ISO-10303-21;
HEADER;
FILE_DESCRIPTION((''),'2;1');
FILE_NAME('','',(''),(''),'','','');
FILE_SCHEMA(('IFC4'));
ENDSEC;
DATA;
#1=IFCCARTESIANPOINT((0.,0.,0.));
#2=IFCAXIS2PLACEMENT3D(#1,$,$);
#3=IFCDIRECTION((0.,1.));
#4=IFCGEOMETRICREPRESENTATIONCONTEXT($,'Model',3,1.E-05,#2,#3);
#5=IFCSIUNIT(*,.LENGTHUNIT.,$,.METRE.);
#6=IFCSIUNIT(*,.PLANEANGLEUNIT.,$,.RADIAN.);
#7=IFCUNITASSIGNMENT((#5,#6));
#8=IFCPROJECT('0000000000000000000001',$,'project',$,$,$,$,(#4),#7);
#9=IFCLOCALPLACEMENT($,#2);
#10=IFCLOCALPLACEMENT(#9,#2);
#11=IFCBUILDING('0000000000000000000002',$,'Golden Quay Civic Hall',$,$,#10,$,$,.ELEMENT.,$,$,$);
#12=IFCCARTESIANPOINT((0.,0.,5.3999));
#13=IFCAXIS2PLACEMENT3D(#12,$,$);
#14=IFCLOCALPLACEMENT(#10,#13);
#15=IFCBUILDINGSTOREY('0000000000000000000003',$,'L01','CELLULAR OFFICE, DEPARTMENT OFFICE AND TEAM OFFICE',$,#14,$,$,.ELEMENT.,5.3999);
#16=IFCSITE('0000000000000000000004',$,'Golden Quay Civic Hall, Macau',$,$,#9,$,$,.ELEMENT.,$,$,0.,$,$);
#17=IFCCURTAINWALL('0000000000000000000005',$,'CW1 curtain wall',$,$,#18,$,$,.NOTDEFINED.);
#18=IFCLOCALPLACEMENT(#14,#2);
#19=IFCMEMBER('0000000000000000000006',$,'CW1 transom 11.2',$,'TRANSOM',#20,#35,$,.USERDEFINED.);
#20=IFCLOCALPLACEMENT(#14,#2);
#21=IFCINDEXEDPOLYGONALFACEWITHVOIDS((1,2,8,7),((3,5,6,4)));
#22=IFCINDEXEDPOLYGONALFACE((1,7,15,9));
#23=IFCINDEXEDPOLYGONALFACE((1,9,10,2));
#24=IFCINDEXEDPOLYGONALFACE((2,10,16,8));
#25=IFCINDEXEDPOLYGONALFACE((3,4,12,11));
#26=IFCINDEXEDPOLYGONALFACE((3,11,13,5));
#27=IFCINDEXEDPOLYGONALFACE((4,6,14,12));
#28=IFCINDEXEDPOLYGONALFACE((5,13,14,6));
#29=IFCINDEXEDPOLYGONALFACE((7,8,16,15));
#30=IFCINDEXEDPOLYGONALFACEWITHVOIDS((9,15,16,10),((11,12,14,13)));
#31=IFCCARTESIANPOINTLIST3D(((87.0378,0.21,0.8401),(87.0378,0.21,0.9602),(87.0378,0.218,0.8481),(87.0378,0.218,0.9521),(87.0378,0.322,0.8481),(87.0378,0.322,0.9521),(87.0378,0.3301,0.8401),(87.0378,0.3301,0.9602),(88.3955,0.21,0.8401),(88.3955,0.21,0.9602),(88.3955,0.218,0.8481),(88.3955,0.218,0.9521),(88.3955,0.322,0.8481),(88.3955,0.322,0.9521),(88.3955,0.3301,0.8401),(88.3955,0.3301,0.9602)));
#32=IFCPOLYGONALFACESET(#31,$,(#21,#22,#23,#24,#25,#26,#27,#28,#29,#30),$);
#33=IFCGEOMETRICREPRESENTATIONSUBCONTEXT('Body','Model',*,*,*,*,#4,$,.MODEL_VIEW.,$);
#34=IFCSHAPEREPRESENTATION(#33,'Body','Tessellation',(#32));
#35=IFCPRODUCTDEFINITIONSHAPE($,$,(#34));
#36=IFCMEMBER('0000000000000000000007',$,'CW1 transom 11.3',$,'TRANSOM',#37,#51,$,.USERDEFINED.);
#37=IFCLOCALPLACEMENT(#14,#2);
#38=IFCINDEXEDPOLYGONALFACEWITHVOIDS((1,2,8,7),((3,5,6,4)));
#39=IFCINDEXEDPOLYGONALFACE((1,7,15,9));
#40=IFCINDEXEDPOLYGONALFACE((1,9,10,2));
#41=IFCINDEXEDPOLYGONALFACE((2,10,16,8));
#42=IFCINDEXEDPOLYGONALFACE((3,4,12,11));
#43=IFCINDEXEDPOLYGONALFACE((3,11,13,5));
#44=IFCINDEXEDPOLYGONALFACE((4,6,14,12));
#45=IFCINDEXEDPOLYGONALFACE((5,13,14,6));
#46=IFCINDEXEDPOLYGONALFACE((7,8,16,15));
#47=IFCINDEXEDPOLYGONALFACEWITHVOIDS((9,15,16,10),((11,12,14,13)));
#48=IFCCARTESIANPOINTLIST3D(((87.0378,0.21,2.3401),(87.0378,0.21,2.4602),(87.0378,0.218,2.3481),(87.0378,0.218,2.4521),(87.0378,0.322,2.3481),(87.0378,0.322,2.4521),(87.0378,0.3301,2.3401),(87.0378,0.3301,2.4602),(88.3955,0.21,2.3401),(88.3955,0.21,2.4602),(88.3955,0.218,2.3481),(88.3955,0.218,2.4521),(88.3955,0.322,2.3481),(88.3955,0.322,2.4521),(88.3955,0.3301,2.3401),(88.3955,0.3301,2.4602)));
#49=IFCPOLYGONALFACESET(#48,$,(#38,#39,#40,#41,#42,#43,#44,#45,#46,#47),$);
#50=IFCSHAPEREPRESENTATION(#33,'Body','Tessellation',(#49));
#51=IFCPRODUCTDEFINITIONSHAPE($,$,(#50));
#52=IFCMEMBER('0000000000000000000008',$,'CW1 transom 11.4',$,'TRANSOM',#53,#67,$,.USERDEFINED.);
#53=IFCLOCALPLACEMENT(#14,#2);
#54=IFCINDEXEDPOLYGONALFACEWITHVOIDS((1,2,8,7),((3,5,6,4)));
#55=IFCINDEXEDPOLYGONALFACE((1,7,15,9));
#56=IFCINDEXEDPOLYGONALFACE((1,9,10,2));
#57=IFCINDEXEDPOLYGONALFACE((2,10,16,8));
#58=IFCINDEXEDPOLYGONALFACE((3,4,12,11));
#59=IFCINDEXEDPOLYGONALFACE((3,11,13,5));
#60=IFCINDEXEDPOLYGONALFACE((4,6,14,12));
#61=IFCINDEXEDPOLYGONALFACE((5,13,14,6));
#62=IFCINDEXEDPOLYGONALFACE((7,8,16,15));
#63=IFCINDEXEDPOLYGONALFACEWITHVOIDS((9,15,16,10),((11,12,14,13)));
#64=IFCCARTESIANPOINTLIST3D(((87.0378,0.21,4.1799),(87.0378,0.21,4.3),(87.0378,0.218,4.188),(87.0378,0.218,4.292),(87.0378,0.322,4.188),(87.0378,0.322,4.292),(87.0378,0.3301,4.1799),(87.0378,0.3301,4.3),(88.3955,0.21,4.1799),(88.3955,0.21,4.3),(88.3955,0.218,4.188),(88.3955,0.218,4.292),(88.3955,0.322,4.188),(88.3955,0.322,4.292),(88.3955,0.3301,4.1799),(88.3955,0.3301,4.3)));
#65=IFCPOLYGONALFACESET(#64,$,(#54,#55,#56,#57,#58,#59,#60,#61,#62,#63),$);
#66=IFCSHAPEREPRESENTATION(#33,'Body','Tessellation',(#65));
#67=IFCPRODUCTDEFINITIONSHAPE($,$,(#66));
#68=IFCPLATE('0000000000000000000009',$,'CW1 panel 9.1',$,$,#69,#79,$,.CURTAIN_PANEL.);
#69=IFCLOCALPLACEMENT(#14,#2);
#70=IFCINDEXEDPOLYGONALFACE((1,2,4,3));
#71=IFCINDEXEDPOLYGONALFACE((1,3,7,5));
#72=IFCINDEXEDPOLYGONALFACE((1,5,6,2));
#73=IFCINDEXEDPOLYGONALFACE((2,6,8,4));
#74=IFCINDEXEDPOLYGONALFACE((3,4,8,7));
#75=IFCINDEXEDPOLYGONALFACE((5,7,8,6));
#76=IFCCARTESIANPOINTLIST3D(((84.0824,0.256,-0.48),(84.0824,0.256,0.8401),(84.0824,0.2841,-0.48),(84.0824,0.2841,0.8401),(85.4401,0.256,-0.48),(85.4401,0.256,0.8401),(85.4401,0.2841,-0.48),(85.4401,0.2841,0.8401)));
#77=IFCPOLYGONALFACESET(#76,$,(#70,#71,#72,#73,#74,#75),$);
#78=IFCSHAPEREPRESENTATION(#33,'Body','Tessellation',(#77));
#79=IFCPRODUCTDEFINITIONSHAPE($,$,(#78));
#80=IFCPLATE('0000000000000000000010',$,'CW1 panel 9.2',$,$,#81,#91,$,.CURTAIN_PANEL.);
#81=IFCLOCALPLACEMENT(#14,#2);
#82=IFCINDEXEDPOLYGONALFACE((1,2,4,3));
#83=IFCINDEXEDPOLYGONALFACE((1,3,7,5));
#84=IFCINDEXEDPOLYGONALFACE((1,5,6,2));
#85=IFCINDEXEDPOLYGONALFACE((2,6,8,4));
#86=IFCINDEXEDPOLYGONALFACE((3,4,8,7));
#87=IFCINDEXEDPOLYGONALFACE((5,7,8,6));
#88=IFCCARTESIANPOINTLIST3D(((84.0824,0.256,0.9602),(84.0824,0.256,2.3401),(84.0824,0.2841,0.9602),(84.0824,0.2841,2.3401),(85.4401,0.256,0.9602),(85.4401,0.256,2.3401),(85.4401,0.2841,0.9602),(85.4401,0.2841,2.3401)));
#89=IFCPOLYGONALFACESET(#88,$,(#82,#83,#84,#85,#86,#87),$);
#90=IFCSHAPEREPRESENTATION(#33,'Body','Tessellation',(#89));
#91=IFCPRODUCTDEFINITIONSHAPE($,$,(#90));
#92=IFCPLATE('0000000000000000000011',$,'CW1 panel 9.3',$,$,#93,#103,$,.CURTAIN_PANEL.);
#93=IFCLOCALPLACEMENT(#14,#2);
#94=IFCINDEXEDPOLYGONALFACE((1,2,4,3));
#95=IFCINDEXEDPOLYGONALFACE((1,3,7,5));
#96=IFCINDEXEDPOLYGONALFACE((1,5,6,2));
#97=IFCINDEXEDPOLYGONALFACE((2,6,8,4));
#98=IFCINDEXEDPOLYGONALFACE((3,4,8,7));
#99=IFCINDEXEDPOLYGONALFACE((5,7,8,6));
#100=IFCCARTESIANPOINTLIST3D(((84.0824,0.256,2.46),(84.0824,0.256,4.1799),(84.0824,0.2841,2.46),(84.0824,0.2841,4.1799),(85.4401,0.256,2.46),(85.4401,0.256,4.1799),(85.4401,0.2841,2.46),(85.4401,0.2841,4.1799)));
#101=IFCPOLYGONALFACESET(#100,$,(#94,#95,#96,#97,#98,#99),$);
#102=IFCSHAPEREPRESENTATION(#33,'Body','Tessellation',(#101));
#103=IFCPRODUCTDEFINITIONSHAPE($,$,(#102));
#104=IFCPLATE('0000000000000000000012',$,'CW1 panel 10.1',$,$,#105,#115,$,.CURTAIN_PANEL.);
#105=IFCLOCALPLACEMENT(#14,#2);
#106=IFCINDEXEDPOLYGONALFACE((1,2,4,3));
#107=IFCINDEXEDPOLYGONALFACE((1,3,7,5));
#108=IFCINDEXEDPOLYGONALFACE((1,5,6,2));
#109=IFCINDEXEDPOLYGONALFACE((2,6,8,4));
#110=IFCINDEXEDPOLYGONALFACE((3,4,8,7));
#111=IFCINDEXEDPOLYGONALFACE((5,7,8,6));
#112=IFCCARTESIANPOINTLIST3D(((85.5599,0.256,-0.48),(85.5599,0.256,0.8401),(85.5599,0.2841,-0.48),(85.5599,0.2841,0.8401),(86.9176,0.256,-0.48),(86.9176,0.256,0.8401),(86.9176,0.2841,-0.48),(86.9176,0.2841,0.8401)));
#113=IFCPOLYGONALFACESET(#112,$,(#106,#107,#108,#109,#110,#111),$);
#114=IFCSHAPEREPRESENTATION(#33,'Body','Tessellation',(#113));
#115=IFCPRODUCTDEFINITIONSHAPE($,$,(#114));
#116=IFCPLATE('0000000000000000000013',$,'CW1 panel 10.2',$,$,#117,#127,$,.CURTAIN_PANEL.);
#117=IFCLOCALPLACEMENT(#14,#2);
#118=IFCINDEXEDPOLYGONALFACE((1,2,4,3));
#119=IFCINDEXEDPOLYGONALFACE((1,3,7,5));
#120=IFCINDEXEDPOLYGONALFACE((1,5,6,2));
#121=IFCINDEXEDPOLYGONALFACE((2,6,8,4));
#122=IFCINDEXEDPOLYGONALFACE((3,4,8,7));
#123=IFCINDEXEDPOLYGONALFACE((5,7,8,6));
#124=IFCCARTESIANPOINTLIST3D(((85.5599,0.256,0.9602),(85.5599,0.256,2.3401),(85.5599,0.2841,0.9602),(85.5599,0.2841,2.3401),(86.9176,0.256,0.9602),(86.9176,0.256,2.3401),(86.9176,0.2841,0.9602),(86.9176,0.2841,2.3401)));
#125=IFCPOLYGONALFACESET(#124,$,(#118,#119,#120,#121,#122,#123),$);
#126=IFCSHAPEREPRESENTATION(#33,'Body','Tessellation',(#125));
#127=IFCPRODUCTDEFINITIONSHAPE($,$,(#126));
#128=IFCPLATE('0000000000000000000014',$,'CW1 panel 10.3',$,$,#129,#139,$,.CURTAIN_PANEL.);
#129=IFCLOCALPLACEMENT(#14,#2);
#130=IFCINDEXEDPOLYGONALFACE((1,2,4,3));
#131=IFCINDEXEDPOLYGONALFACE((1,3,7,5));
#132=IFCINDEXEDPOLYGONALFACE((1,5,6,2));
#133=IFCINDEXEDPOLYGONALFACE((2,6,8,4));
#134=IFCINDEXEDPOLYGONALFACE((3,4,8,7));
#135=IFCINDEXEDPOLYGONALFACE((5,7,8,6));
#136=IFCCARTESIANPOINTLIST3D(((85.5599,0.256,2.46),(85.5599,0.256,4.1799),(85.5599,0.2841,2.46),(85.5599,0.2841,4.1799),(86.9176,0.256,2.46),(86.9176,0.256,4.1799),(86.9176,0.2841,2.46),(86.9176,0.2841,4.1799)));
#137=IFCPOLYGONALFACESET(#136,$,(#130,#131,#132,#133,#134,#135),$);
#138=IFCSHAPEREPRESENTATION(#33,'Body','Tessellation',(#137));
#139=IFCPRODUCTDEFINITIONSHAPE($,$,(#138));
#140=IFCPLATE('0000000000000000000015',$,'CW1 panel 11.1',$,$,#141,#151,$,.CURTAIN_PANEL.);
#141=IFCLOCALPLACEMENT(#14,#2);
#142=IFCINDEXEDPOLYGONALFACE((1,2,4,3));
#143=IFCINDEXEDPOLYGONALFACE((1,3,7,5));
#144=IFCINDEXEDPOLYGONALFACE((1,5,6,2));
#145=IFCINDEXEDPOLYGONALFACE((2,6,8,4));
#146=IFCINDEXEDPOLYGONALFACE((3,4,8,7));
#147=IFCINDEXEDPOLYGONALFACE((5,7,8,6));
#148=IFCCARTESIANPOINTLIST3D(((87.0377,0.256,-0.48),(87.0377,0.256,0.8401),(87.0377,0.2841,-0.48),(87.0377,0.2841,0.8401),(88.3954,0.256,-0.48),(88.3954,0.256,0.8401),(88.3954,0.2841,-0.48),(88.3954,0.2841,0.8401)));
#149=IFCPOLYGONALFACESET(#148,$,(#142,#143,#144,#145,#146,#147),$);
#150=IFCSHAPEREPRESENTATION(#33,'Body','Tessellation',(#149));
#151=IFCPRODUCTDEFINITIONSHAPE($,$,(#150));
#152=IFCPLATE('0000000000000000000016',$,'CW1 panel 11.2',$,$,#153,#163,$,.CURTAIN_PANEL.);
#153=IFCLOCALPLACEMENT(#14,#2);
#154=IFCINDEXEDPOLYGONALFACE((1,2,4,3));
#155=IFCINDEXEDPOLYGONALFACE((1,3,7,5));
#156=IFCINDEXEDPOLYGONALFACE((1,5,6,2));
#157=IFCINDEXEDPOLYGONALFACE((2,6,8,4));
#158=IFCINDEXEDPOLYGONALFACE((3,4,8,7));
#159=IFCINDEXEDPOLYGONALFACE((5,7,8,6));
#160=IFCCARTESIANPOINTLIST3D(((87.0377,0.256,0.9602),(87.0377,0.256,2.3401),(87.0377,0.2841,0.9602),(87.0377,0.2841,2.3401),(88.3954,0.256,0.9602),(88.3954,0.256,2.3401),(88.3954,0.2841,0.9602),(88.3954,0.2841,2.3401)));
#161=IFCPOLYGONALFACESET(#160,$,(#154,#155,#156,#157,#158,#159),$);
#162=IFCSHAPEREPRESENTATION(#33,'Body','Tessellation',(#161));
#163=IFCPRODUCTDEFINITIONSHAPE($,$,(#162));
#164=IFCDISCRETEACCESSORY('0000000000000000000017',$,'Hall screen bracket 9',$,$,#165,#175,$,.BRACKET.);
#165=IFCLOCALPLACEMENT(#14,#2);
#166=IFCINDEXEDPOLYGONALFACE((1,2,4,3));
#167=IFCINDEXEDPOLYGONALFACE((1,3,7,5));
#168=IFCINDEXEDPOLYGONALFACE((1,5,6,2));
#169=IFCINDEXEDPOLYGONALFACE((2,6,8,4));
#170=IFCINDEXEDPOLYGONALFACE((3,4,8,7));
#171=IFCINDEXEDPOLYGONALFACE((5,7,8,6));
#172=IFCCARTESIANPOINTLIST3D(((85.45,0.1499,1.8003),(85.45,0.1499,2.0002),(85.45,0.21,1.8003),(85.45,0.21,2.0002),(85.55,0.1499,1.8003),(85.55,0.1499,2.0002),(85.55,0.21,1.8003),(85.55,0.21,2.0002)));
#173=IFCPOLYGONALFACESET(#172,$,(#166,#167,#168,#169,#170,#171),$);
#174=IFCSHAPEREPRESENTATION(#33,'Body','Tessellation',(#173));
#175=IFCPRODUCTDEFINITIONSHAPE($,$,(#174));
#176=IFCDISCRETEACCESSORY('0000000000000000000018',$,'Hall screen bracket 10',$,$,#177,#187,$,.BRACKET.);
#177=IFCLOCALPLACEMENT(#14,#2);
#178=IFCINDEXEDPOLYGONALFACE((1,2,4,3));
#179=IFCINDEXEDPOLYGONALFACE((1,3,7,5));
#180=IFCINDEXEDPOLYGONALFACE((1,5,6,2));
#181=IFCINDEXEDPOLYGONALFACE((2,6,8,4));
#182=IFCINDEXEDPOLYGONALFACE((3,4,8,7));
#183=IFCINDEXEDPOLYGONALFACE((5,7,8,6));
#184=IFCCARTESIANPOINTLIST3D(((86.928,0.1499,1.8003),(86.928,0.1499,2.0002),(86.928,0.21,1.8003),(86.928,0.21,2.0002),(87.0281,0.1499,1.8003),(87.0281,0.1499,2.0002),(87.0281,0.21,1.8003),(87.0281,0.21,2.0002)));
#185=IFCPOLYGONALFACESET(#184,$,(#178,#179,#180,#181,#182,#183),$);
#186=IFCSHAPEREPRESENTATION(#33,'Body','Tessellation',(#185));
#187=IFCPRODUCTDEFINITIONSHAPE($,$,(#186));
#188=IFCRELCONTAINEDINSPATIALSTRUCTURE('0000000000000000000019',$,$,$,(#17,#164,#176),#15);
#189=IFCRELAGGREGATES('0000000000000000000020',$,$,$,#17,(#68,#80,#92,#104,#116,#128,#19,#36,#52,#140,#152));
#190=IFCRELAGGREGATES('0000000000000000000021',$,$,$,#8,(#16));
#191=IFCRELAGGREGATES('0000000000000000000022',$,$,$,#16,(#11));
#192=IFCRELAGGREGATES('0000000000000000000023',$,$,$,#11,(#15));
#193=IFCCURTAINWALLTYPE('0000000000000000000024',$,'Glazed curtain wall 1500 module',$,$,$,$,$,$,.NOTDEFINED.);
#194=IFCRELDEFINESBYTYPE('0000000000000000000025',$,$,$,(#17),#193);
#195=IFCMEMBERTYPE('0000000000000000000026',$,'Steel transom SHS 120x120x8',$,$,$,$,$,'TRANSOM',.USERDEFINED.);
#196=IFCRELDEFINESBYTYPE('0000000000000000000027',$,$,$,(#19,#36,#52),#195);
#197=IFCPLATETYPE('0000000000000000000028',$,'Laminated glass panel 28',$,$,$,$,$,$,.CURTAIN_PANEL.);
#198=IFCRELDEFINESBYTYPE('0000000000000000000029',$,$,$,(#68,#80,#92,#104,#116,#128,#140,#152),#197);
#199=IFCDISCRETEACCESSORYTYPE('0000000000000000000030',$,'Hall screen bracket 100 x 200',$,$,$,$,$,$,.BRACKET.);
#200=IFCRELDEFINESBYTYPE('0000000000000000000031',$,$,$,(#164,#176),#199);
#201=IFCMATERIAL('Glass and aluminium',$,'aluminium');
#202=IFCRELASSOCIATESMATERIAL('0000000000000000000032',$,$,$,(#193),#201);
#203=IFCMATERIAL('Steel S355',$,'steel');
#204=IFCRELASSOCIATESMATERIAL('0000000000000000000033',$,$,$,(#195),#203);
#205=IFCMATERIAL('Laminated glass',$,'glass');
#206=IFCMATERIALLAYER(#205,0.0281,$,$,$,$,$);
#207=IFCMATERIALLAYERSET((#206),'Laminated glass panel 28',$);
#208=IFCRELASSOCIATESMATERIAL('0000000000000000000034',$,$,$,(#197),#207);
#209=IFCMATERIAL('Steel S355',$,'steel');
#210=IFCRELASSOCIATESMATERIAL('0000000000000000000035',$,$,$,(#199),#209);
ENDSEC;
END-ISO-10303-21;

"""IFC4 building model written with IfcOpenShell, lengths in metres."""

from ifc_helpers import new_model, si_unit, direction, frame, origin, origin_2d, place, context, subcontext, project, spatial, rectangle, hollow_rectangle, extrude, material, layer, layer_set, material_profile, profile_set, type_object, element, aggregate, save


model = new_model("IFC4")

# Units and contexts
model_context = context("Model", 3, precision=1e-05, world=origin(), true_north=direction((0.0, 1.0)))
body_context = subcontext(model_context, "Body", "Model", "MODEL_VIEW")
ifc_project = project(units=[si_unit("LENGTHUNIT", "METRE"), si_unit("PLANEANGLEUNIT", "RADIAN")], contexts=[model_context])

# Site, building, storey
site_placement = place(None, origin())
site = spatial("IfcSite", under=ifc_project, at=site_placement, Name="Golden Quay Civic Hall, Macau", CompositionType="ELEMENT", RefElevation=0.0)
building_placement = place(site_placement, origin())
building = spatial("IfcBuilding", under=site, at=building_placement, Name="Golden Quay Civic Hall", CompositionType="ELEMENT")
storey_placement = place(building_placement, frame((0.0, 0.0, 5.3999)))
storey = spatial("IfcBuildingStorey", under=building, at=storey_placement, Name="L01", Description="CELLULAR OFFICE, DEPARTMENT OFFICE AND TEAM OFFICE", CompositionType="ELEMENT", Elevation=5.3999)

# Curtain wall, members, plates
ifc_material_1 = material(Name="Glass and aluminium", Category="aluminium")
curtain_wall_type = type_object("IfcCurtainWallType", Name="Glazed curtain wall 1500 module", PredefinedType="NOTDEFINED", material=ifc_material_1)
curtain_wall_placement = place(storey_placement, origin())
curtain_wall = element("IfcCurtainWall", 1, at=curtain_wall_placement, inside=storey, type_object=curtain_wall_type, Name="CW1 curtain wall", PredefinedType="NOTDEFINED")
ifc_material_2 = material(Name="Steel S355", Category="steel")
ifc_material_profile_1 = material_profile(ifc_material_2, hollow_rectangle(XDim=0.1201, YDim=0.1201, WallThickness=0.0081, at=origin_2d()), Name="SHS 120x120x8")
ifc_profile_set_1 = profile_set([ifc_material_profile_1], Name="Steel S355")
member_type_1 = type_object("IfcMemberType", Name="Steel transom SHS 120x120x8", ElementType="TRANSOM", PredefinedType="USERDEFINED", material=ifc_profile_set_1)
member_1_placement = place(storey_placement, frame((87.0378, 0.27, 0.9001), z_axis=(1.0, 0.0, 0.0), x_axis=(0.0, 1.0, 0.0)))
member_1 = element("IfcMember", 2, at=member_1_placement, type_object=member_type_1, Name="CW1 transom 11.2", ObjectType="TRANSOM", PredefinedType="USERDEFINED", context=body_context, shape_type="SweptSolid", body=[
    extrude(hollow_rectangle(XDim=0.1201, YDim=0.1201, WallThickness=0.0081, at=origin_2d()), origin(), (0.0, 0.0, 1.0), 1.3577),
])
member_2_placement = place(storey_placement, frame((87.0378, 0.27, 2.4001), z_axis=(1.0, 0.0, 0.0), x_axis=(0.0, 1.0, 0.0)))
member_2 = element("IfcMember", 3, at=member_2_placement, type_object=member_type_1, Name="CW1 transom 11.3", ObjectType="TRANSOM", PredefinedType="USERDEFINED", context=body_context, shape_type="SweptSolid", body=[
    extrude(hollow_rectangle(XDim=0.1201, YDim=0.1201, WallThickness=0.0081, at=origin_2d()), origin(), (0.0, 0.0, 1.0), 1.3577),
])
member_3_placement = place(storey_placement, frame((87.0378, 0.27, 4.24), z_axis=(1.0, 0.0, 0.0), x_axis=(0.0, 1.0, 0.0)))
member_3 = element("IfcMember", 4, at=member_3_placement, type_object=member_type_1, Name="CW1 transom 11.4", ObjectType="TRANSOM", PredefinedType="USERDEFINED", context=body_context, shape_type="SweptSolid", body=[
    extrude(hollow_rectangle(XDim=0.1201, YDim=0.1201, WallThickness=0.0081, at=origin_2d()), origin(), (0.0, 0.0, 1.0), 1.3577),
])
ifc_material_3 = material(Name="Laminated glass", Category="glass")
ifc_layer = layer(ifc_material_3, 0.0281)
ifc_layer_set = layer_set([ifc_layer], Name="Laminated glass panel 28")
plate_type = type_object("IfcPlateType", Name="Laminated glass panel 28", PredefinedType="CURTAIN_PANEL", material=ifc_layer_set)
plate_1_placement = place(storey_placement, frame((84.7612, 0.27, -0.48), z_axis=(0.0, 0.0, 1.0), x_axis=(1.0, 0.0, 0.0)))
plate_1 = element("IfcPlate", 5, at=plate_1_placement, type_object=plate_type, Name="CW1 panel 9.1", PredefinedType="CURTAIN_PANEL", context=body_context, shape_type="SweptSolid", body=[
    extrude(rectangle(XDim=1.3577, YDim=0.0281, at=origin_2d()), origin(), (0.0, 0.0, 1.0), 1.3201),
])
plate_2_placement = place(storey_placement, frame((84.7612, 0.27, 0.9602), z_axis=(0.0, 0.0, 1.0), x_axis=(1.0, 0.0, 0.0)))
plate_2 = element("IfcPlate", 6, at=plate_2_placement, type_object=plate_type, Name="CW1 panel 9.2", PredefinedType="CURTAIN_PANEL", context=body_context, shape_type="SweptSolid", body=[
    extrude(rectangle(XDim=1.3577, YDim=0.0281, at=origin_2d()), origin(), (0.0, 0.0, 1.0), 1.3799),
])
plate_3_placement = place(storey_placement, frame((84.7612, 0.27, 2.46), z_axis=(0.0, 0.0, 1.0), x_axis=(1.0, 0.0, 0.0)))
plate_3 = element("IfcPlate", 7, at=plate_3_placement, type_object=plate_type, Name="CW1 panel 9.3", PredefinedType="CURTAIN_PANEL", context=body_context, shape_type="SweptSolid", body=[
    extrude(rectangle(XDim=1.3577, YDim=0.0281, at=origin_2d()), origin(), (0.0, 0.0, 1.0), 1.72),
])
plate_4_placement = place(storey_placement, frame((86.2388, 0.27, -0.48), z_axis=(0.0, 0.0, 1.0), x_axis=(1.0, 0.0, 0.0)))
plate_4 = element("IfcPlate", 8, at=plate_4_placement, type_object=plate_type, Name="CW1 panel 10.1", PredefinedType="CURTAIN_PANEL", context=body_context, shape_type="SweptSolid", body=[
    extrude(rectangle(XDim=1.3577, YDim=0.0281, at=origin_2d()), origin(), (0.0, 0.0, 1.0), 1.3201),
])
plate_5_placement = place(storey_placement, frame((86.2388, 0.27, 0.9602), z_axis=(0.0, 0.0, 1.0), x_axis=(1.0, 0.0, 0.0)))
plate_5 = element("IfcPlate", 9, at=plate_5_placement, type_object=plate_type, Name="CW1 panel 10.2", PredefinedType="CURTAIN_PANEL", context=body_context, shape_type="SweptSolid", body=[
    extrude(rectangle(XDim=1.3577, YDim=0.0281, at=origin_2d()), origin(), (0.0, 0.0, 1.0), 1.3799),
])
plate_6_placement = place(storey_placement, frame((86.2388, 0.27, 2.46), z_axis=(0.0, 0.0, 1.0), x_axis=(1.0, 0.0, 0.0)))
plate_6 = element("IfcPlate", 10, at=plate_6_placement, type_object=plate_type, Name="CW1 panel 10.3", PredefinedType="CURTAIN_PANEL", context=body_context, shape_type="SweptSolid", body=[
    extrude(rectangle(XDim=1.3577, YDim=0.0281, at=origin_2d()), origin(), (0.0, 0.0, 1.0), 1.72),
])
plate_7_placement = place(storey_placement, frame((87.7166, 0.27, -0.48), z_axis=(0.0, 0.0, 1.0), x_axis=(1.0, 0.0, 0.0)))
plate_7 = element("IfcPlate", 11, at=plate_7_placement, type_object=plate_type, Name="CW1 panel 11.1", PredefinedType="CURTAIN_PANEL", context=body_context, shape_type="SweptSolid", body=[
    extrude(rectangle(XDim=1.3577, YDim=0.0281, at=origin_2d()), origin(), (0.0, 0.0, 1.0), 1.3201),
])
plate_8_placement = place(storey_placement, frame((87.7166, 0.27, 0.9602), z_axis=(0.0, 0.0, 1.0), x_axis=(1.0, 0.0, 0.0)))
plate_8 = element("IfcPlate", 12, at=plate_8_placement, type_object=plate_type, Name="CW1 panel 11.2", PredefinedType="CURTAIN_PANEL", context=body_context, shape_type="SweptSolid", body=[
    extrude(rectangle(XDim=1.3577, YDim=0.0281, at=origin_2d()), origin(), (0.0, 0.0, 1.0), 1.3799),
])
aggregate(curtain_wall, [plate_1, plate_2, plate_3, plate_4, plate_5, plate_6, member_1, member_2, member_3, plate_7, plate_8])

# Discrete accessories
ifc_material_4 = material(Name="Steel S355", Category="steel")
discrete_accessory_type = type_object("IfcDiscreteAccessoryType", Name="Hall screen bracket 100 x 200", PredefinedType="BRACKET", material=ifc_material_4)
for number, where, z_axis, x_axis, name in (
    (13, (85.5, 0.1799, 1.8003), (0.0, 0.0, 1.0), (1.0, 0.0, 0.0), "Hall screen bracket 9"),
    (14, (86.978, 0.1799, 1.8003), (0.0, 0.0, 1.0), (1.0, 0.0, 0.0), "Hall screen bracket 10"),
):
    element("IfcDiscreteAccessory", number, at=place(storey_placement, frame(where, z_axis=z_axis, x_axis=x_axis)), inside=storey, type_object=discrete_accessory_type, Name=name, PredefinedType="BRACKET", context=body_context, shape_type="SweptSolid", body=[
        extrude(rectangle(XDim=0.1001, YDim=0.0601, at=origin_2d()), origin(), (0.0, 0.0, 1.0), 0.2),
    ])

save(model, "model.ifc")
